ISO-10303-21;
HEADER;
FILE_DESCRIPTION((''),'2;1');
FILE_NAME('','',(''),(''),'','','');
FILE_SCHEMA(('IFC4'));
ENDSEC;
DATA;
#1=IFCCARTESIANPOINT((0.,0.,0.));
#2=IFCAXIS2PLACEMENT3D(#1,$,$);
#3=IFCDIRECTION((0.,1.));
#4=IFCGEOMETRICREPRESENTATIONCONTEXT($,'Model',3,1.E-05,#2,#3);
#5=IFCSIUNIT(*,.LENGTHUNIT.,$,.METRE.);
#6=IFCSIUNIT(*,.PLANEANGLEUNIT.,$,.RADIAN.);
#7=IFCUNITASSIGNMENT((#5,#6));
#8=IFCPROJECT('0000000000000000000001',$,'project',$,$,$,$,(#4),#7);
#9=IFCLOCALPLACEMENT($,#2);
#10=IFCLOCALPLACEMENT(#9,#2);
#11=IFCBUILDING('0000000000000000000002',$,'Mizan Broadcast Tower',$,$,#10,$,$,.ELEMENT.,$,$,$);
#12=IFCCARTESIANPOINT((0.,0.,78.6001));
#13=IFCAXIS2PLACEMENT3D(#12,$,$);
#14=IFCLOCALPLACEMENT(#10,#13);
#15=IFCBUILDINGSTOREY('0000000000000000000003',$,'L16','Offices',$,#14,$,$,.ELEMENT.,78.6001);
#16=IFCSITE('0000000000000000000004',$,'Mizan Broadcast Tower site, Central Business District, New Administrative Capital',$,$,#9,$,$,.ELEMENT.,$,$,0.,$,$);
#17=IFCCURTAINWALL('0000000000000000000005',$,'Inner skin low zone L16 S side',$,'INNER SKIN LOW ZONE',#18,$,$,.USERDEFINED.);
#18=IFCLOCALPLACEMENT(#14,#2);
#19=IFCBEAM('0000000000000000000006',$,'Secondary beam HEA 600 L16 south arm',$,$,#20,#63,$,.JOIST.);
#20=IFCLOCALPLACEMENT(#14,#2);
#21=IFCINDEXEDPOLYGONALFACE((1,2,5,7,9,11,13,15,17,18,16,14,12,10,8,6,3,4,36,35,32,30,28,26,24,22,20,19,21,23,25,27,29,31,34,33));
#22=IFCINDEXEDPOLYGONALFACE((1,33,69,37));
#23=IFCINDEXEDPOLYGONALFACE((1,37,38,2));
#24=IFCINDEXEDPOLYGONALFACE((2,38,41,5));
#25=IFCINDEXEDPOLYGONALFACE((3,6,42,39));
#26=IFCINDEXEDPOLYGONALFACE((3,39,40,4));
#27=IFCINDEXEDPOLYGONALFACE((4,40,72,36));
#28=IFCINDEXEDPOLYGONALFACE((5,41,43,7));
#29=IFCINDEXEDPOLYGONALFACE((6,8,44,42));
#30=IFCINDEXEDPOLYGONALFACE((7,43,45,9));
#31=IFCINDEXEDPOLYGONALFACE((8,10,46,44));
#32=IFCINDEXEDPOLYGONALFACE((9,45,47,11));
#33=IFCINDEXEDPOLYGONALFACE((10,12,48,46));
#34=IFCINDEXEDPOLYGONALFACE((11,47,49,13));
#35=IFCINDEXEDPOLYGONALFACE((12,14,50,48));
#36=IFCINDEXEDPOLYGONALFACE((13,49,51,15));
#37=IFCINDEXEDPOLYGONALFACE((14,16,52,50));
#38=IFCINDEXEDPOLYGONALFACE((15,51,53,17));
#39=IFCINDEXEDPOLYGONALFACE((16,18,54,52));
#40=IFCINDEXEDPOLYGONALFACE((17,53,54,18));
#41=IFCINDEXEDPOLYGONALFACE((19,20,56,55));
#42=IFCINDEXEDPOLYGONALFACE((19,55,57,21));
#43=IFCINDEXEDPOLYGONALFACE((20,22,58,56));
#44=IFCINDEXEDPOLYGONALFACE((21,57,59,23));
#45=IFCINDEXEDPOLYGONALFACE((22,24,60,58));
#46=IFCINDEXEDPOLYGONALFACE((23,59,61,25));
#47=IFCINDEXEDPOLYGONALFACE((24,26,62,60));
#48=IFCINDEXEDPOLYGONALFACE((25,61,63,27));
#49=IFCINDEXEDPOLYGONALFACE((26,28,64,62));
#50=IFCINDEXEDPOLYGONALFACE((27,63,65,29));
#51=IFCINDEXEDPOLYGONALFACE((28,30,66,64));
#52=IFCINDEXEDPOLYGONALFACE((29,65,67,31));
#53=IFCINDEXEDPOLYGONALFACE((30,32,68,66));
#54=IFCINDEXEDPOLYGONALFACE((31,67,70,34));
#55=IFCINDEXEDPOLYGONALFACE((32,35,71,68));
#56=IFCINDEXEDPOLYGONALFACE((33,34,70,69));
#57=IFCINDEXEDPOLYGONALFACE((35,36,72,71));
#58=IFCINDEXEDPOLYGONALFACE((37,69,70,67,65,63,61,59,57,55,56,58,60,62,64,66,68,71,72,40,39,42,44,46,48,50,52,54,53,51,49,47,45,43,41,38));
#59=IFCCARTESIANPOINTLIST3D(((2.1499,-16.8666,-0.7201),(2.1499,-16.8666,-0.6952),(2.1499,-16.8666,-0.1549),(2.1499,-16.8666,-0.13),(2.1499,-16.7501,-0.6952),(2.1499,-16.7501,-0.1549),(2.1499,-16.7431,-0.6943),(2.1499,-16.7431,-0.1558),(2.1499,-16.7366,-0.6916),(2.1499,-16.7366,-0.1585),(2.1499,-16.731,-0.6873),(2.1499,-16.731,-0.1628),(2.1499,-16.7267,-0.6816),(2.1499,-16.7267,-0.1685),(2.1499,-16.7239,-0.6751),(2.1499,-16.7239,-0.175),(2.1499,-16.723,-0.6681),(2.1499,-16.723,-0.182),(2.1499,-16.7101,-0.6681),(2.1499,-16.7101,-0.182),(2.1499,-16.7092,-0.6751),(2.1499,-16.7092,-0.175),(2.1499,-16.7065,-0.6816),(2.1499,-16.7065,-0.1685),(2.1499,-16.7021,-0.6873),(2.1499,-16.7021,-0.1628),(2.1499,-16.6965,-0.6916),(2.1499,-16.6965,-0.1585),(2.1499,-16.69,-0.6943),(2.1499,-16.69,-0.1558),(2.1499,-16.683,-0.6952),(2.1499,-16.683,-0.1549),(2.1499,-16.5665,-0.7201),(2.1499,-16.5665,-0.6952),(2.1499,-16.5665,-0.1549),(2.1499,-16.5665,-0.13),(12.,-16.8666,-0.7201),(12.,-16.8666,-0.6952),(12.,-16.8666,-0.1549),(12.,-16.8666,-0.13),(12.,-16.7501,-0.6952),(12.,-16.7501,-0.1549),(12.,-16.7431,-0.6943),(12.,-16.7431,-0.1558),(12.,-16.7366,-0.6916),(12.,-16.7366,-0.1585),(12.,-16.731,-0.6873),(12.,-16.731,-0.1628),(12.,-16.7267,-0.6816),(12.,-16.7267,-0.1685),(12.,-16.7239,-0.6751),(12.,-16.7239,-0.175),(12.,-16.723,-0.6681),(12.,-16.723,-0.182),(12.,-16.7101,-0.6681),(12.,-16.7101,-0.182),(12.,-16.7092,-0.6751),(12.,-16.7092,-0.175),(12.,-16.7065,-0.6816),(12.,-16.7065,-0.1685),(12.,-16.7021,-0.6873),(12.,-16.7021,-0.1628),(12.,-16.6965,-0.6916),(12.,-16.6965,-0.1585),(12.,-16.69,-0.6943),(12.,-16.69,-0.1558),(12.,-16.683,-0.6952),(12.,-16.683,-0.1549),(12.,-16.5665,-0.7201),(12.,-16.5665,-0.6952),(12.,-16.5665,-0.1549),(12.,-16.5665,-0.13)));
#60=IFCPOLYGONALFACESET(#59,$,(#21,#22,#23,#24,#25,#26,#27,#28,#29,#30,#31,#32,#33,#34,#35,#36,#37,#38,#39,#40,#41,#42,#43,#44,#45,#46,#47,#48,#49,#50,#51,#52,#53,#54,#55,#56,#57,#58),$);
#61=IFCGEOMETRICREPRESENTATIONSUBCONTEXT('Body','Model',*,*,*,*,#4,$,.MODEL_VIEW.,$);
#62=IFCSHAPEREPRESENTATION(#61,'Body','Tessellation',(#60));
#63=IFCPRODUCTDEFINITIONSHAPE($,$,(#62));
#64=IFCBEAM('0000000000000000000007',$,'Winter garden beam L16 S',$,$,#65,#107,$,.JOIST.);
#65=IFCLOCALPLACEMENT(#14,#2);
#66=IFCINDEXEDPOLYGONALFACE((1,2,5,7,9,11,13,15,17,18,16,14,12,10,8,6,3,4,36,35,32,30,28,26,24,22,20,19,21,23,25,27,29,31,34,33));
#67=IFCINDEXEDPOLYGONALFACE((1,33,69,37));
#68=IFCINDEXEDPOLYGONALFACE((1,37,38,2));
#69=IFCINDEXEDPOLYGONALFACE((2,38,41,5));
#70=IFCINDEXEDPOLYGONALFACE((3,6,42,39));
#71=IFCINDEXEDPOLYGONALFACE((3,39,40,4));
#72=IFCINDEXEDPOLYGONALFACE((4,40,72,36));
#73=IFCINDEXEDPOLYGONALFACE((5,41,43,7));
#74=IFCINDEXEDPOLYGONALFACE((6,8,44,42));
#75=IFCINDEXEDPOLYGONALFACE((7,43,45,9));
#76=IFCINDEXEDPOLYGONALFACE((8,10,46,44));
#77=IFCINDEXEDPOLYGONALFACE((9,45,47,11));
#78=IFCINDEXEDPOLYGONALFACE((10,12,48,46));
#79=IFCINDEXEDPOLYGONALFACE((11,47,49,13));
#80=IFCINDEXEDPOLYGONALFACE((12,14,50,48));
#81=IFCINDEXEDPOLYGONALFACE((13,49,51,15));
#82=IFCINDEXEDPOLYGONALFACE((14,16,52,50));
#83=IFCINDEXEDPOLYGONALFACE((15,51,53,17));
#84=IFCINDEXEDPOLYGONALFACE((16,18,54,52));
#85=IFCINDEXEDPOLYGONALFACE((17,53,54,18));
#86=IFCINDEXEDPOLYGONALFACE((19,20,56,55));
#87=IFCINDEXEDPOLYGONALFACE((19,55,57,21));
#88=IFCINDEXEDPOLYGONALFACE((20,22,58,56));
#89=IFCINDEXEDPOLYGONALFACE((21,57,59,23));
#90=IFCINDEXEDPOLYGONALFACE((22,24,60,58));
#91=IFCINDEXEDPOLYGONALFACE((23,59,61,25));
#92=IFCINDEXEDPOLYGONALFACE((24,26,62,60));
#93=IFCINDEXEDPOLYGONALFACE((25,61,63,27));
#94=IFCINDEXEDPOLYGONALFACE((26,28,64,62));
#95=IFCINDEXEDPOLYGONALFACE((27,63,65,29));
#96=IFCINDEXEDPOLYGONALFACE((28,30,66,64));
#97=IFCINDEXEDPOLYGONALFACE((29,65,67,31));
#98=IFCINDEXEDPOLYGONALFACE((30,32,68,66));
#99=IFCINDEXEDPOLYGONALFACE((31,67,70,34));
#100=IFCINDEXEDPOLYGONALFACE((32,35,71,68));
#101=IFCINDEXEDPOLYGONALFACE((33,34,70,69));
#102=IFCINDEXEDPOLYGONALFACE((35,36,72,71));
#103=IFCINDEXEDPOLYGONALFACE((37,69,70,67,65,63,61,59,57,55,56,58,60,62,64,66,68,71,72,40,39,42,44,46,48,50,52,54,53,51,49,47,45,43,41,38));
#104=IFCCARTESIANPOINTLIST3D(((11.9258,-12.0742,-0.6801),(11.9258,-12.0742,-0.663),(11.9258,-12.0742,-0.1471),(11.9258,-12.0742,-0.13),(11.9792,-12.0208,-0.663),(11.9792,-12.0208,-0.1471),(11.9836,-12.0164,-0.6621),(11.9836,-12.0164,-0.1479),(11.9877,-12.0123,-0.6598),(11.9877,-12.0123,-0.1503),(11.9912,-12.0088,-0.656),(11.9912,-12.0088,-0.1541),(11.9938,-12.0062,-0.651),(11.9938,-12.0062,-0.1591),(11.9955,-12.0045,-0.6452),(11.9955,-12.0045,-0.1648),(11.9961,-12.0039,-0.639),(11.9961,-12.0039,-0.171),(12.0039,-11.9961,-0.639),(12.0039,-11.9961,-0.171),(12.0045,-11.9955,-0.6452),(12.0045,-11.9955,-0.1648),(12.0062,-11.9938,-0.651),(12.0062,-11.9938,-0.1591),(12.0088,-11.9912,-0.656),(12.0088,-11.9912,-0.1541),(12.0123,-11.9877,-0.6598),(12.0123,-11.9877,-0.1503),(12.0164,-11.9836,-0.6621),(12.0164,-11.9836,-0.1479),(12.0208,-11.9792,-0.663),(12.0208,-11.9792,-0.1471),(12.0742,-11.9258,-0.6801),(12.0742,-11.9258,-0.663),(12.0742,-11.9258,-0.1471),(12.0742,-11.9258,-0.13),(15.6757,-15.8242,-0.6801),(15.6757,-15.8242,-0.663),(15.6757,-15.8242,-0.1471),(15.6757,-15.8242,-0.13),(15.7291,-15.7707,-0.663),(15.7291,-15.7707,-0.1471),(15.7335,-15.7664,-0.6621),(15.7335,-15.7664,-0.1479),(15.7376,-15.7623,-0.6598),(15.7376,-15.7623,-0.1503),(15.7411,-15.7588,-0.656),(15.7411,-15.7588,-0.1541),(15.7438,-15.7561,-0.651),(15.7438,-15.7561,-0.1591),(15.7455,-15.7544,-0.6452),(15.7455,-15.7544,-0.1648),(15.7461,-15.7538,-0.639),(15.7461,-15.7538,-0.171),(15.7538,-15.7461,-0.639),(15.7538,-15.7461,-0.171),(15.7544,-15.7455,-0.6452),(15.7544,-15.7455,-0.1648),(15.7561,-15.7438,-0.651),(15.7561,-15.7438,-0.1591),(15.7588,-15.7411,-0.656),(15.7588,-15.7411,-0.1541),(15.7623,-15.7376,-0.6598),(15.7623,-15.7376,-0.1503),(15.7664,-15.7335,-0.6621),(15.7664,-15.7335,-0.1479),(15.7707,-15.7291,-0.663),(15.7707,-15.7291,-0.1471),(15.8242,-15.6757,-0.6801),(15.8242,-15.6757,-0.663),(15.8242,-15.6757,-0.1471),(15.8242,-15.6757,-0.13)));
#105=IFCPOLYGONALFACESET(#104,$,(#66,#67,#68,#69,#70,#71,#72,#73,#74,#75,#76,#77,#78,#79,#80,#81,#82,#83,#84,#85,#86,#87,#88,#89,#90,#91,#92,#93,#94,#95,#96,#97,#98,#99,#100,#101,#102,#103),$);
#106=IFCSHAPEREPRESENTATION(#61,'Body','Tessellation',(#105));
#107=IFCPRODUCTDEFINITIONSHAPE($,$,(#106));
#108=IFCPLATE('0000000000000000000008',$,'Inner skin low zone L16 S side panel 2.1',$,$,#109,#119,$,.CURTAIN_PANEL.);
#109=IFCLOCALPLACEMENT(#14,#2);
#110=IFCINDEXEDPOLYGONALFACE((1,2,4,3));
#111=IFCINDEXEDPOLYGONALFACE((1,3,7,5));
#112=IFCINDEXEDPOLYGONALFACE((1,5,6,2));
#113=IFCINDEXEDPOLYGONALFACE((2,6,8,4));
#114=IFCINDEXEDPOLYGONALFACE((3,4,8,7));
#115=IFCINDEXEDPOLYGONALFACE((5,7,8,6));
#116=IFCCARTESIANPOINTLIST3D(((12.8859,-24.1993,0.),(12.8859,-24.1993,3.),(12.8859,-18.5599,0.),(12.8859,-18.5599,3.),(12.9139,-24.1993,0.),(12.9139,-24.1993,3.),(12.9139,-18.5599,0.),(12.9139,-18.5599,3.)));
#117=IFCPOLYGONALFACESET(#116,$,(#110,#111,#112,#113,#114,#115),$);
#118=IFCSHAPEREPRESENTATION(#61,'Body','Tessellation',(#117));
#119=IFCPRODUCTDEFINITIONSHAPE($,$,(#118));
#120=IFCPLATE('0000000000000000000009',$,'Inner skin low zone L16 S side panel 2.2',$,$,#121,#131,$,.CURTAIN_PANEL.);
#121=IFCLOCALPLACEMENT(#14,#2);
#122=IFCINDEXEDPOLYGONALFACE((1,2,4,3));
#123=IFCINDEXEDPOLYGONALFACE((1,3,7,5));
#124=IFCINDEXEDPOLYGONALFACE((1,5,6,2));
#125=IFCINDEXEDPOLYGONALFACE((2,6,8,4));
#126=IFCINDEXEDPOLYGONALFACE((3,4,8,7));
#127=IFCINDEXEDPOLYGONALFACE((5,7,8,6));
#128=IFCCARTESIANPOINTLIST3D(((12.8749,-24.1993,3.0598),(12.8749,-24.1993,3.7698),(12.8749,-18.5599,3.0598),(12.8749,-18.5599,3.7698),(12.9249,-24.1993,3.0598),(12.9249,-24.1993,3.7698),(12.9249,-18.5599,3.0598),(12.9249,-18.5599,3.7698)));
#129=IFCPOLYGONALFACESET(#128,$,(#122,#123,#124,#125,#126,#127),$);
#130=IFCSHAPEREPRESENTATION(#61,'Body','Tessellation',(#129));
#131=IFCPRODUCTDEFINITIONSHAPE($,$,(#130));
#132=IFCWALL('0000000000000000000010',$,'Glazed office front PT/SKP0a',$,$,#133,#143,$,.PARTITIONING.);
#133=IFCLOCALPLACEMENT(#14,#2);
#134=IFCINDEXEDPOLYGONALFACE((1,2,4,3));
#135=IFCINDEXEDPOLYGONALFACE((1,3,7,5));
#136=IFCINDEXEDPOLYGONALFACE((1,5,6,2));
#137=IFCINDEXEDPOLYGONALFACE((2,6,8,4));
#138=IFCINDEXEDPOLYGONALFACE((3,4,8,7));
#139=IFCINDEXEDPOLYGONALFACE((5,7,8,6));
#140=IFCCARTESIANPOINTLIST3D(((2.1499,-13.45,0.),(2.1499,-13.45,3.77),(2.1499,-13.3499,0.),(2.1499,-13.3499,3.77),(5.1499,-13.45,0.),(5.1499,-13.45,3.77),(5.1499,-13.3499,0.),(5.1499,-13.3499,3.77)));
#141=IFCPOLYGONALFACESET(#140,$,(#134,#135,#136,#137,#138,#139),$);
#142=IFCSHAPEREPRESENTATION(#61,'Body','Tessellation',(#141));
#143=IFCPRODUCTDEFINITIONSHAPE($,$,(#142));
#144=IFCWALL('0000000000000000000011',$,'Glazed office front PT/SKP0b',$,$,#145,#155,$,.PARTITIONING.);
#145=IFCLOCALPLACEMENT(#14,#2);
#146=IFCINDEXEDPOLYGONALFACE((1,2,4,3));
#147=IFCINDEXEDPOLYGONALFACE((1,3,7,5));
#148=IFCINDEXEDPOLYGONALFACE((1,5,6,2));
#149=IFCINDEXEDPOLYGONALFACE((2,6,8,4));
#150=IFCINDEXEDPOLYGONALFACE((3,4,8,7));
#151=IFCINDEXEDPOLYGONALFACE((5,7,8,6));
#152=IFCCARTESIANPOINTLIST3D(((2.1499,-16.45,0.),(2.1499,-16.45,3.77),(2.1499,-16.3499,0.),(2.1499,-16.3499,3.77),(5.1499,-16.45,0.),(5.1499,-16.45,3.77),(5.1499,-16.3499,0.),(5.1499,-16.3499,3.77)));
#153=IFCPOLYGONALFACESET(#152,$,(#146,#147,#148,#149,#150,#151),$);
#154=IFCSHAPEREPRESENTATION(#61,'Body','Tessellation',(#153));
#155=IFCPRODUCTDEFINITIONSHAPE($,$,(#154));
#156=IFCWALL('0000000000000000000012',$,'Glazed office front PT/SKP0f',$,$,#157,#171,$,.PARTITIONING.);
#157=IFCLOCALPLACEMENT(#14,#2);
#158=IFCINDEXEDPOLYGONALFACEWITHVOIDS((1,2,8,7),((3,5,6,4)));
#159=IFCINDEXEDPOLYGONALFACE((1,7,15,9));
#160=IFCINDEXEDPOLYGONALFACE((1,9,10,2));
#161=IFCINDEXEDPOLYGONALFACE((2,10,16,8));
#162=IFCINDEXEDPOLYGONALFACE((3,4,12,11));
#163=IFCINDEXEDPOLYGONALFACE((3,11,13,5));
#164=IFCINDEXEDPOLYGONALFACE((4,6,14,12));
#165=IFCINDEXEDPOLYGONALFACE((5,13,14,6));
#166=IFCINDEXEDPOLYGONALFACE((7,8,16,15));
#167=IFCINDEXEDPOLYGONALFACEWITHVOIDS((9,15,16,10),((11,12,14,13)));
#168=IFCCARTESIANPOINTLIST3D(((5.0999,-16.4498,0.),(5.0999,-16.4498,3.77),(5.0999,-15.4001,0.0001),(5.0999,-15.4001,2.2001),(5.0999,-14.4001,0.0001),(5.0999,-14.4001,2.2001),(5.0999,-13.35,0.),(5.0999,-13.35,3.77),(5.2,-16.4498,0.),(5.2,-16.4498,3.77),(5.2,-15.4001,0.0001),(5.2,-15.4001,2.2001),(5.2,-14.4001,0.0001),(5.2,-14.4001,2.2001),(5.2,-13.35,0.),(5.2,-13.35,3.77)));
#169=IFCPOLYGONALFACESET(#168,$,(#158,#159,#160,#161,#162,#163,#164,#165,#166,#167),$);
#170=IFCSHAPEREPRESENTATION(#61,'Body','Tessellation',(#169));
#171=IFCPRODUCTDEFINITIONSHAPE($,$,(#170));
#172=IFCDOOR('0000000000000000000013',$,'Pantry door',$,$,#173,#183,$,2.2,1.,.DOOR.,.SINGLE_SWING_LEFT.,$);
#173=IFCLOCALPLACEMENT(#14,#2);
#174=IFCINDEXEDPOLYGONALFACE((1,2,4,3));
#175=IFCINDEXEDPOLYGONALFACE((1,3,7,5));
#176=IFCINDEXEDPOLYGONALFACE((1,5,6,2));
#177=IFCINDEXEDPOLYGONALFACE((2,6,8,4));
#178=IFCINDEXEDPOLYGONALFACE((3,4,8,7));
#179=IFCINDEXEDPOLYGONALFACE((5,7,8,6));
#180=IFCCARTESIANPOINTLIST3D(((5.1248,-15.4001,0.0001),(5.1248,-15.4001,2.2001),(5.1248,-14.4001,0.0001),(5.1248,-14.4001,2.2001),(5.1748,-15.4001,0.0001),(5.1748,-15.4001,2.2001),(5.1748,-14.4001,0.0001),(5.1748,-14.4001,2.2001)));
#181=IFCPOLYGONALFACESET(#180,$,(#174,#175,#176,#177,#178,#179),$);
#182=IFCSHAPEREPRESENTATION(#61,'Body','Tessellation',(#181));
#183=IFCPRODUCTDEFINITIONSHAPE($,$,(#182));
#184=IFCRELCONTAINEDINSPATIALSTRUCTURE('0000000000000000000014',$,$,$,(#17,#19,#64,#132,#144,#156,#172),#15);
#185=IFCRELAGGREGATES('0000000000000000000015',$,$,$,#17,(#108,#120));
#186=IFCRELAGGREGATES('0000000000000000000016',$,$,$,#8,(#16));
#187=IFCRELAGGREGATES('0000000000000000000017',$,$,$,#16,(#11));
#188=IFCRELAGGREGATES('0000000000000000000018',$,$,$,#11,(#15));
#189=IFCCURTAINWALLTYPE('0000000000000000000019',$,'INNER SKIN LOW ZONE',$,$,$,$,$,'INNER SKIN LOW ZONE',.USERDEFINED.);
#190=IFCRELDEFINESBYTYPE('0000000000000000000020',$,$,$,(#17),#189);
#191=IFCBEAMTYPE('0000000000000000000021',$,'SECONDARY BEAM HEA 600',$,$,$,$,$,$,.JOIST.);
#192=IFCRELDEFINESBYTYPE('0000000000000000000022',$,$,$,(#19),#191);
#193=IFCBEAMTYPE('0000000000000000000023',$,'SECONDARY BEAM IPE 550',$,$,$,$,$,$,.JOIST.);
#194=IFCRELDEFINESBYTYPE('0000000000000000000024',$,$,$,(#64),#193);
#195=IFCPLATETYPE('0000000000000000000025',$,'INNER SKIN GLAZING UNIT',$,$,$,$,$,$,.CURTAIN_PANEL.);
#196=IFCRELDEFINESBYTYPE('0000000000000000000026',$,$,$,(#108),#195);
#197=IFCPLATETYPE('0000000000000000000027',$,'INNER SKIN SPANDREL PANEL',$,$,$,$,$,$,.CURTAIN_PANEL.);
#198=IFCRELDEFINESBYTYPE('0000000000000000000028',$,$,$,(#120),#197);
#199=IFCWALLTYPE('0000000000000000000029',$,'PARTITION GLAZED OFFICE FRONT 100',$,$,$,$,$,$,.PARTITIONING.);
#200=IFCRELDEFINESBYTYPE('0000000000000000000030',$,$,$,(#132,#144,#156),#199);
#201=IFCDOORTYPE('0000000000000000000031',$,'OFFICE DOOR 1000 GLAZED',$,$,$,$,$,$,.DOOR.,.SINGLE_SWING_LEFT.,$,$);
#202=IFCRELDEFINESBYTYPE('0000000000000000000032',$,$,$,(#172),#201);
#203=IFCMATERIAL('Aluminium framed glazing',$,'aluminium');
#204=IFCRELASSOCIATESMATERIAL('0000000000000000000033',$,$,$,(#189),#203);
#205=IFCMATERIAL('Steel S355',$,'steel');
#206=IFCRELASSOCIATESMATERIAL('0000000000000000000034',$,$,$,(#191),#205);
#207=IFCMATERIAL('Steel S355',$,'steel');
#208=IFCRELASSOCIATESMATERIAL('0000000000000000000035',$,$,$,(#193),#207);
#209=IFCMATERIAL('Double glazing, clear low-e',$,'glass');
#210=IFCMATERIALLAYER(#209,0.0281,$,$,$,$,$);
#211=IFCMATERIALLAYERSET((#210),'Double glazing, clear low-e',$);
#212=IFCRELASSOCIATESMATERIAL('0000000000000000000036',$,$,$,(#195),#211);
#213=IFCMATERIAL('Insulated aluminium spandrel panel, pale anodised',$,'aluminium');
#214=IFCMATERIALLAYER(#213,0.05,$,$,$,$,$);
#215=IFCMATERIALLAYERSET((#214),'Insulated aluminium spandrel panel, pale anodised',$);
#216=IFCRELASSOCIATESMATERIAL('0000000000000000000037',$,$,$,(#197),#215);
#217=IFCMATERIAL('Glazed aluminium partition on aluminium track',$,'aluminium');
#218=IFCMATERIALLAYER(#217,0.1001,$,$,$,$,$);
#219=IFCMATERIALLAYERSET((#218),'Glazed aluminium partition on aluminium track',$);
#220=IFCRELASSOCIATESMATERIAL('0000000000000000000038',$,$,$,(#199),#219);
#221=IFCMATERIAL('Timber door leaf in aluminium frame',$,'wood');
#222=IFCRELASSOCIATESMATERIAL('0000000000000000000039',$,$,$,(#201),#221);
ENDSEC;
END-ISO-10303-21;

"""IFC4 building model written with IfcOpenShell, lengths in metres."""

from ifc_helpers import new_model, si_unit, direction, frame, frame_2d, origin, origin_2d, place, context, subcontext, project, spatial, rectangle, i_section, extrude, material, layer, layer_set, material_profile, profile_set, type_object, element, fill, aggregate, save


model = new_model("IFC4")

# Units and contexts
model_context = context("Model", 3, precision=1e-05, world=origin(), true_north=direction((0.0, 1.0)))
body_context = subcontext(model_context, "Body", "Model", "MODEL_VIEW")
ifc_project = project(units=[si_unit("LENGTHUNIT", "METRE"), si_unit("PLANEANGLEUNIT", "RADIAN")], contexts=[model_context])

# Site, building, storey
site_placement = place(None, origin())
site = spatial("IfcSite", under=ifc_project, at=site_placement, Name="Mizan Broadcast Tower site, Central Business District, New Administrative Capital", CompositionType="ELEMENT", RefElevation=0.0)
building_placement = place(site_placement, origin())
building = spatial("IfcBuilding", under=site, at=building_placement, Name="Mizan Broadcast Tower", CompositionType="ELEMENT")
storey_placement = place(building_placement, frame((0.0, 0.0, 78.6001)))
storey = spatial("IfcBuildingStorey", under=building, at=storey_placement, Name="L16", Description="Offices", CompositionType="ELEMENT", Elevation=78.6001)

# Curtain wall
ifc_material_1 = material(Name="Aluminium framed glazing", Category="aluminium")
curtain_wall_type = type_object("IfcCurtainWallType", Name="INNER SKIN LOW ZONE", ElementType="INNER SKIN LOW ZONE", PredefinedType="USERDEFINED", material=ifc_material_1)
curtain_wall_placement = place(storey_placement, origin())
curtain_wall = element("IfcCurtainWall", 1, at=curtain_wall_placement, inside=storey, type_object=curtain_wall_type, Name="Inner skin low zone L16 S side", ObjectType="INNER SKIN LOW ZONE", PredefinedType="USERDEFINED")

# Beams
ifc_material_2 = material(Name="Steel S355", Category="steel")
ifc_material_profile_1 = material_profile(ifc_material_2, i_section(OverallWidth=0.3, OverallDepth=0.5901, WebThickness=0.0129, FlangeThickness=0.0249, FilletRadius=0.0271, at=origin_2d()), Name="HEA 600")
ifc_profile_set_1 = profile_set([ifc_material_profile_1], Name="Steel S355")
beam_type_1 = type_object("IfcBeamType", Name="SECONDARY BEAM HEA 600", PredefinedType="JOIST", material=ifc_profile_set_1)
for number, where, z_axis, x_axis, name in (
    (2, (12.0, -16.7166, -0.425), (-1.0, 0.0, 0.0), (0.0, -1.0, 0.0), "Secondary beam HEA 600 L16 south arm"),
):
    element("IfcBeam", number, at=place(storey_placement, frame(where, z_axis=z_axis, x_axis=x_axis)), inside=storey, type_object=beam_type_1, Name=name, PredefinedType="JOIST", context=body_context, shape_type="SweptSolid", body=[
        extrude(i_section(OverallWidth=0.3, OverallDepth=0.5901, WebThickness=0.0129, FlangeThickness=0.0249, FilletRadius=0.0271, at=origin_2d()), origin(), (0.0, 0.0, 1.0), 9.8501),
    ])
ifc_material_3 = material(Name="Steel S355", Category="steel")
ifc_material_profile_2 = material_profile(ifc_material_3, i_section(OverallWidth=0.21, OverallDepth=0.55, WebThickness=0.011, FlangeThickness=0.0171, FilletRadius=0.0239, at=origin_2d()), Name="IPE 550")
ifc_profile_set_2 = profile_set([ifc_material_profile_2], Name="Steel S355")
beam_type_2 = type_object("IfcBeamType", Name="SECONDARY BEAM IPE 550", PredefinedType="JOIST", material=ifc_profile_set_2)
beam_1_placement = place(storey_placement, frame((12.0, -12.0, -0.405), z_axis=(0.707107, -0.707107, 0.0), x_axis=(0.707107, 0.707107, 0.0)))
element("IfcBeam", 3, at=beam_1_placement, inside=storey, type_object=beam_type_2, Name="Winter garden beam L16 S", PredefinedType="JOIST", context=body_context, shape_type="SweptSolid", body=[
    extrude(i_section(OverallWidth=0.21, OverallDepth=0.55, WebThickness=0.011, FlangeThickness=0.0171, FilletRadius=0.0239, at=origin_2d()), origin(), (0.0, 0.0, 1.0), 5.3032),
])

# Plates
ifc_material_4 = material(Name="Double glazing, clear low-e", Category="glass")
ifc_layer_1 = layer(ifc_material_4, 0.0281)
ifc_layer_set_1 = layer_set([ifc_layer_1], Name="Double glazing, clear low-e")
plate_type_1 = type_object("IfcPlateType", Name="INNER SKIN GLAZING UNIT", PredefinedType="CURTAIN_PANEL", material=ifc_layer_set_1)
plate_1_placement = place(storey_placement, frame((12.8999, -21.3796, 0.0), z_axis=(0.0, 0.0, 1.0), x_axis=(0.0, 1.0, 0.0)))
plate_1 = element("IfcPlate", 4, at=plate_1_placement, type_object=plate_type_1, Name="Inner skin low zone L16 S side panel 2.1", PredefinedType="CURTAIN_PANEL", context=body_context, shape_type="SweptSolid", body=[
    extrude(rectangle(XDim=5.6394, YDim=0.0281, at=origin_2d()), origin(), (0.0, 0.0, 1.0), 3.0),
])
ifc_material_5 = material(Name="Insulated aluminium spandrel panel, pale anodised", Category="aluminium")
ifc_layer_2 = layer(ifc_material_5, 0.05)
ifc_layer_set_2 = layer_set([ifc_layer_2], Name="Insulated aluminium spandrel panel, pale anodised")
plate_type_2 = type_object("IfcPlateType", Name="INNER SKIN SPANDREL PANEL", PredefinedType="CURTAIN_PANEL", material=ifc_layer_set_2)
plate_2_placement = place(storey_placement, frame((12.8999, -21.3796, 3.0598), z_axis=(0.0, 0.0, 1.0), x_axis=(0.0, 1.0, 0.0)))
plate_2 = element("IfcPlate", 5, at=plate_2_placement, type_object=plate_type_2, Name="Inner skin low zone L16 S side panel 2.2", PredefinedType="CURTAIN_PANEL", context=body_context, shape_type="SweptSolid", body=[
    extrude(rectangle(XDim=5.6394, YDim=0.05, at=origin_2d()), origin(), (0.0, 0.0, 1.0), 0.71),
])
aggregate(curtain_wall, [plate_1, plate_2])

# Walls
ifc_material_6 = material(Name="Glazed aluminium partition on aluminium track", Category="aluminium")
ifc_layer_3 = layer(ifc_material_6, 0.1001)
ifc_layer_set_3 = layer_set([ifc_layer_3], Name="Glazed aluminium partition on aluminium track")
wall_type_1 = type_object("IfcWallType", Name="PARTITION GLAZED OFFICE FRONT 100", PredefinedType="PARTITIONING", material=ifc_layer_set_3)
for number, where, z_axis, x_axis, name in (
    (6, (2.1499, -13.3999, 0.0), (0.0, 0.0, 1.0), (1.0, 0.0, 0.0), "Glazed office front PT/SKP0a"),
    (7, (2.1499, -16.3999, 0.0), (0.0, 0.0, 1.0), (1.0, 0.0, 0.0), "Glazed office front PT/SKP0b"),
):
    element("IfcWall", number, at=place(storey_placement, frame(where, z_axis=z_axis, x_axis=x_axis)), inside=storey, type_object=wall_type_1, Name=name, PredefinedType="PARTITIONING", context=body_context, shape_type="SweptSolid", body=[
        extrude(rectangle(XDim=3.0, YDim=0.1001, at=frame_2d((1.5, 0.0))), origin(), (0.0, 0.0, 1.0), 3.77),
    ])

# Wall, opening, door
wall_1_placement = place(storey_placement, frame((5.1499, -13.3501, 0.0), z_axis=(0.0, 0.0, 1.0), x_axis=(0.0, -1.0, 0.0)))
wall_1 = element("IfcWall", 8, at=wall_1_placement, inside=storey, type_object=wall_type_1, Name="Glazed office front PT/SKP0f", PredefinedType="PARTITIONING", context=body_context, shape_type="SweptSolid", body=[
    extrude(rectangle(XDim=3.0999, YDim=0.1001, at=frame_2d((1.5498, 0.0))), origin(), (0.0, 0.0, 1.0), 3.77),
])
opening_placement = place(wall_1_placement, frame((1.05, 0.0, 0.0)))
opening = element("IfcOpeningElement", 9, at=opening_placement, cuts=wall_1, PredefinedType="OPENING", context=body_context, shape_type="SweptSolid", body=[
    extrude(rectangle(XDim=1.0, YDim=2.2, at=frame_2d((0.5, 1.1001))), frame((0.0, 0.0601, 0.0), z_axis=(0.0, -1.0, 0.0), x_axis=(1.0, 0.0, 0.0)), (0.0, 0.0, 1.0), 0.1201),
])
ifc_material_7 = material(Name="Timber door leaf in aluminium frame", Category="wood")
door_type = type_object("IfcDoorType", Name="OFFICE DOOR 1000 GLAZED", OperationType="SINGLE_SWING_LEFT", PredefinedType="DOOR", material=ifc_material_7)
door_placement = place(opening_placement, origin())
door = element("IfcDoor", 10, at=door_placement, inside=storey, type_object=door_type, Name="Pantry door", OperationType="SINGLE_SWING_LEFT", OverallHeight=2.2, OverallWidth=1.0, PredefinedType="DOOR", context=body_context, shape_type="SweptSolid", body=[
    extrude(rectangle(XDim=1.0, YDim=2.2, at=frame_2d((0.5, 1.1001))), frame((0.0, 0.0249, 0.0), z_axis=(0.0, -1.0, 0.0), x_axis=(1.0, 0.0, 0.0)), (0.0, 0.0, 1.0), 0.05),
])
fill(opening, door)

save(model, "model.ifc")
